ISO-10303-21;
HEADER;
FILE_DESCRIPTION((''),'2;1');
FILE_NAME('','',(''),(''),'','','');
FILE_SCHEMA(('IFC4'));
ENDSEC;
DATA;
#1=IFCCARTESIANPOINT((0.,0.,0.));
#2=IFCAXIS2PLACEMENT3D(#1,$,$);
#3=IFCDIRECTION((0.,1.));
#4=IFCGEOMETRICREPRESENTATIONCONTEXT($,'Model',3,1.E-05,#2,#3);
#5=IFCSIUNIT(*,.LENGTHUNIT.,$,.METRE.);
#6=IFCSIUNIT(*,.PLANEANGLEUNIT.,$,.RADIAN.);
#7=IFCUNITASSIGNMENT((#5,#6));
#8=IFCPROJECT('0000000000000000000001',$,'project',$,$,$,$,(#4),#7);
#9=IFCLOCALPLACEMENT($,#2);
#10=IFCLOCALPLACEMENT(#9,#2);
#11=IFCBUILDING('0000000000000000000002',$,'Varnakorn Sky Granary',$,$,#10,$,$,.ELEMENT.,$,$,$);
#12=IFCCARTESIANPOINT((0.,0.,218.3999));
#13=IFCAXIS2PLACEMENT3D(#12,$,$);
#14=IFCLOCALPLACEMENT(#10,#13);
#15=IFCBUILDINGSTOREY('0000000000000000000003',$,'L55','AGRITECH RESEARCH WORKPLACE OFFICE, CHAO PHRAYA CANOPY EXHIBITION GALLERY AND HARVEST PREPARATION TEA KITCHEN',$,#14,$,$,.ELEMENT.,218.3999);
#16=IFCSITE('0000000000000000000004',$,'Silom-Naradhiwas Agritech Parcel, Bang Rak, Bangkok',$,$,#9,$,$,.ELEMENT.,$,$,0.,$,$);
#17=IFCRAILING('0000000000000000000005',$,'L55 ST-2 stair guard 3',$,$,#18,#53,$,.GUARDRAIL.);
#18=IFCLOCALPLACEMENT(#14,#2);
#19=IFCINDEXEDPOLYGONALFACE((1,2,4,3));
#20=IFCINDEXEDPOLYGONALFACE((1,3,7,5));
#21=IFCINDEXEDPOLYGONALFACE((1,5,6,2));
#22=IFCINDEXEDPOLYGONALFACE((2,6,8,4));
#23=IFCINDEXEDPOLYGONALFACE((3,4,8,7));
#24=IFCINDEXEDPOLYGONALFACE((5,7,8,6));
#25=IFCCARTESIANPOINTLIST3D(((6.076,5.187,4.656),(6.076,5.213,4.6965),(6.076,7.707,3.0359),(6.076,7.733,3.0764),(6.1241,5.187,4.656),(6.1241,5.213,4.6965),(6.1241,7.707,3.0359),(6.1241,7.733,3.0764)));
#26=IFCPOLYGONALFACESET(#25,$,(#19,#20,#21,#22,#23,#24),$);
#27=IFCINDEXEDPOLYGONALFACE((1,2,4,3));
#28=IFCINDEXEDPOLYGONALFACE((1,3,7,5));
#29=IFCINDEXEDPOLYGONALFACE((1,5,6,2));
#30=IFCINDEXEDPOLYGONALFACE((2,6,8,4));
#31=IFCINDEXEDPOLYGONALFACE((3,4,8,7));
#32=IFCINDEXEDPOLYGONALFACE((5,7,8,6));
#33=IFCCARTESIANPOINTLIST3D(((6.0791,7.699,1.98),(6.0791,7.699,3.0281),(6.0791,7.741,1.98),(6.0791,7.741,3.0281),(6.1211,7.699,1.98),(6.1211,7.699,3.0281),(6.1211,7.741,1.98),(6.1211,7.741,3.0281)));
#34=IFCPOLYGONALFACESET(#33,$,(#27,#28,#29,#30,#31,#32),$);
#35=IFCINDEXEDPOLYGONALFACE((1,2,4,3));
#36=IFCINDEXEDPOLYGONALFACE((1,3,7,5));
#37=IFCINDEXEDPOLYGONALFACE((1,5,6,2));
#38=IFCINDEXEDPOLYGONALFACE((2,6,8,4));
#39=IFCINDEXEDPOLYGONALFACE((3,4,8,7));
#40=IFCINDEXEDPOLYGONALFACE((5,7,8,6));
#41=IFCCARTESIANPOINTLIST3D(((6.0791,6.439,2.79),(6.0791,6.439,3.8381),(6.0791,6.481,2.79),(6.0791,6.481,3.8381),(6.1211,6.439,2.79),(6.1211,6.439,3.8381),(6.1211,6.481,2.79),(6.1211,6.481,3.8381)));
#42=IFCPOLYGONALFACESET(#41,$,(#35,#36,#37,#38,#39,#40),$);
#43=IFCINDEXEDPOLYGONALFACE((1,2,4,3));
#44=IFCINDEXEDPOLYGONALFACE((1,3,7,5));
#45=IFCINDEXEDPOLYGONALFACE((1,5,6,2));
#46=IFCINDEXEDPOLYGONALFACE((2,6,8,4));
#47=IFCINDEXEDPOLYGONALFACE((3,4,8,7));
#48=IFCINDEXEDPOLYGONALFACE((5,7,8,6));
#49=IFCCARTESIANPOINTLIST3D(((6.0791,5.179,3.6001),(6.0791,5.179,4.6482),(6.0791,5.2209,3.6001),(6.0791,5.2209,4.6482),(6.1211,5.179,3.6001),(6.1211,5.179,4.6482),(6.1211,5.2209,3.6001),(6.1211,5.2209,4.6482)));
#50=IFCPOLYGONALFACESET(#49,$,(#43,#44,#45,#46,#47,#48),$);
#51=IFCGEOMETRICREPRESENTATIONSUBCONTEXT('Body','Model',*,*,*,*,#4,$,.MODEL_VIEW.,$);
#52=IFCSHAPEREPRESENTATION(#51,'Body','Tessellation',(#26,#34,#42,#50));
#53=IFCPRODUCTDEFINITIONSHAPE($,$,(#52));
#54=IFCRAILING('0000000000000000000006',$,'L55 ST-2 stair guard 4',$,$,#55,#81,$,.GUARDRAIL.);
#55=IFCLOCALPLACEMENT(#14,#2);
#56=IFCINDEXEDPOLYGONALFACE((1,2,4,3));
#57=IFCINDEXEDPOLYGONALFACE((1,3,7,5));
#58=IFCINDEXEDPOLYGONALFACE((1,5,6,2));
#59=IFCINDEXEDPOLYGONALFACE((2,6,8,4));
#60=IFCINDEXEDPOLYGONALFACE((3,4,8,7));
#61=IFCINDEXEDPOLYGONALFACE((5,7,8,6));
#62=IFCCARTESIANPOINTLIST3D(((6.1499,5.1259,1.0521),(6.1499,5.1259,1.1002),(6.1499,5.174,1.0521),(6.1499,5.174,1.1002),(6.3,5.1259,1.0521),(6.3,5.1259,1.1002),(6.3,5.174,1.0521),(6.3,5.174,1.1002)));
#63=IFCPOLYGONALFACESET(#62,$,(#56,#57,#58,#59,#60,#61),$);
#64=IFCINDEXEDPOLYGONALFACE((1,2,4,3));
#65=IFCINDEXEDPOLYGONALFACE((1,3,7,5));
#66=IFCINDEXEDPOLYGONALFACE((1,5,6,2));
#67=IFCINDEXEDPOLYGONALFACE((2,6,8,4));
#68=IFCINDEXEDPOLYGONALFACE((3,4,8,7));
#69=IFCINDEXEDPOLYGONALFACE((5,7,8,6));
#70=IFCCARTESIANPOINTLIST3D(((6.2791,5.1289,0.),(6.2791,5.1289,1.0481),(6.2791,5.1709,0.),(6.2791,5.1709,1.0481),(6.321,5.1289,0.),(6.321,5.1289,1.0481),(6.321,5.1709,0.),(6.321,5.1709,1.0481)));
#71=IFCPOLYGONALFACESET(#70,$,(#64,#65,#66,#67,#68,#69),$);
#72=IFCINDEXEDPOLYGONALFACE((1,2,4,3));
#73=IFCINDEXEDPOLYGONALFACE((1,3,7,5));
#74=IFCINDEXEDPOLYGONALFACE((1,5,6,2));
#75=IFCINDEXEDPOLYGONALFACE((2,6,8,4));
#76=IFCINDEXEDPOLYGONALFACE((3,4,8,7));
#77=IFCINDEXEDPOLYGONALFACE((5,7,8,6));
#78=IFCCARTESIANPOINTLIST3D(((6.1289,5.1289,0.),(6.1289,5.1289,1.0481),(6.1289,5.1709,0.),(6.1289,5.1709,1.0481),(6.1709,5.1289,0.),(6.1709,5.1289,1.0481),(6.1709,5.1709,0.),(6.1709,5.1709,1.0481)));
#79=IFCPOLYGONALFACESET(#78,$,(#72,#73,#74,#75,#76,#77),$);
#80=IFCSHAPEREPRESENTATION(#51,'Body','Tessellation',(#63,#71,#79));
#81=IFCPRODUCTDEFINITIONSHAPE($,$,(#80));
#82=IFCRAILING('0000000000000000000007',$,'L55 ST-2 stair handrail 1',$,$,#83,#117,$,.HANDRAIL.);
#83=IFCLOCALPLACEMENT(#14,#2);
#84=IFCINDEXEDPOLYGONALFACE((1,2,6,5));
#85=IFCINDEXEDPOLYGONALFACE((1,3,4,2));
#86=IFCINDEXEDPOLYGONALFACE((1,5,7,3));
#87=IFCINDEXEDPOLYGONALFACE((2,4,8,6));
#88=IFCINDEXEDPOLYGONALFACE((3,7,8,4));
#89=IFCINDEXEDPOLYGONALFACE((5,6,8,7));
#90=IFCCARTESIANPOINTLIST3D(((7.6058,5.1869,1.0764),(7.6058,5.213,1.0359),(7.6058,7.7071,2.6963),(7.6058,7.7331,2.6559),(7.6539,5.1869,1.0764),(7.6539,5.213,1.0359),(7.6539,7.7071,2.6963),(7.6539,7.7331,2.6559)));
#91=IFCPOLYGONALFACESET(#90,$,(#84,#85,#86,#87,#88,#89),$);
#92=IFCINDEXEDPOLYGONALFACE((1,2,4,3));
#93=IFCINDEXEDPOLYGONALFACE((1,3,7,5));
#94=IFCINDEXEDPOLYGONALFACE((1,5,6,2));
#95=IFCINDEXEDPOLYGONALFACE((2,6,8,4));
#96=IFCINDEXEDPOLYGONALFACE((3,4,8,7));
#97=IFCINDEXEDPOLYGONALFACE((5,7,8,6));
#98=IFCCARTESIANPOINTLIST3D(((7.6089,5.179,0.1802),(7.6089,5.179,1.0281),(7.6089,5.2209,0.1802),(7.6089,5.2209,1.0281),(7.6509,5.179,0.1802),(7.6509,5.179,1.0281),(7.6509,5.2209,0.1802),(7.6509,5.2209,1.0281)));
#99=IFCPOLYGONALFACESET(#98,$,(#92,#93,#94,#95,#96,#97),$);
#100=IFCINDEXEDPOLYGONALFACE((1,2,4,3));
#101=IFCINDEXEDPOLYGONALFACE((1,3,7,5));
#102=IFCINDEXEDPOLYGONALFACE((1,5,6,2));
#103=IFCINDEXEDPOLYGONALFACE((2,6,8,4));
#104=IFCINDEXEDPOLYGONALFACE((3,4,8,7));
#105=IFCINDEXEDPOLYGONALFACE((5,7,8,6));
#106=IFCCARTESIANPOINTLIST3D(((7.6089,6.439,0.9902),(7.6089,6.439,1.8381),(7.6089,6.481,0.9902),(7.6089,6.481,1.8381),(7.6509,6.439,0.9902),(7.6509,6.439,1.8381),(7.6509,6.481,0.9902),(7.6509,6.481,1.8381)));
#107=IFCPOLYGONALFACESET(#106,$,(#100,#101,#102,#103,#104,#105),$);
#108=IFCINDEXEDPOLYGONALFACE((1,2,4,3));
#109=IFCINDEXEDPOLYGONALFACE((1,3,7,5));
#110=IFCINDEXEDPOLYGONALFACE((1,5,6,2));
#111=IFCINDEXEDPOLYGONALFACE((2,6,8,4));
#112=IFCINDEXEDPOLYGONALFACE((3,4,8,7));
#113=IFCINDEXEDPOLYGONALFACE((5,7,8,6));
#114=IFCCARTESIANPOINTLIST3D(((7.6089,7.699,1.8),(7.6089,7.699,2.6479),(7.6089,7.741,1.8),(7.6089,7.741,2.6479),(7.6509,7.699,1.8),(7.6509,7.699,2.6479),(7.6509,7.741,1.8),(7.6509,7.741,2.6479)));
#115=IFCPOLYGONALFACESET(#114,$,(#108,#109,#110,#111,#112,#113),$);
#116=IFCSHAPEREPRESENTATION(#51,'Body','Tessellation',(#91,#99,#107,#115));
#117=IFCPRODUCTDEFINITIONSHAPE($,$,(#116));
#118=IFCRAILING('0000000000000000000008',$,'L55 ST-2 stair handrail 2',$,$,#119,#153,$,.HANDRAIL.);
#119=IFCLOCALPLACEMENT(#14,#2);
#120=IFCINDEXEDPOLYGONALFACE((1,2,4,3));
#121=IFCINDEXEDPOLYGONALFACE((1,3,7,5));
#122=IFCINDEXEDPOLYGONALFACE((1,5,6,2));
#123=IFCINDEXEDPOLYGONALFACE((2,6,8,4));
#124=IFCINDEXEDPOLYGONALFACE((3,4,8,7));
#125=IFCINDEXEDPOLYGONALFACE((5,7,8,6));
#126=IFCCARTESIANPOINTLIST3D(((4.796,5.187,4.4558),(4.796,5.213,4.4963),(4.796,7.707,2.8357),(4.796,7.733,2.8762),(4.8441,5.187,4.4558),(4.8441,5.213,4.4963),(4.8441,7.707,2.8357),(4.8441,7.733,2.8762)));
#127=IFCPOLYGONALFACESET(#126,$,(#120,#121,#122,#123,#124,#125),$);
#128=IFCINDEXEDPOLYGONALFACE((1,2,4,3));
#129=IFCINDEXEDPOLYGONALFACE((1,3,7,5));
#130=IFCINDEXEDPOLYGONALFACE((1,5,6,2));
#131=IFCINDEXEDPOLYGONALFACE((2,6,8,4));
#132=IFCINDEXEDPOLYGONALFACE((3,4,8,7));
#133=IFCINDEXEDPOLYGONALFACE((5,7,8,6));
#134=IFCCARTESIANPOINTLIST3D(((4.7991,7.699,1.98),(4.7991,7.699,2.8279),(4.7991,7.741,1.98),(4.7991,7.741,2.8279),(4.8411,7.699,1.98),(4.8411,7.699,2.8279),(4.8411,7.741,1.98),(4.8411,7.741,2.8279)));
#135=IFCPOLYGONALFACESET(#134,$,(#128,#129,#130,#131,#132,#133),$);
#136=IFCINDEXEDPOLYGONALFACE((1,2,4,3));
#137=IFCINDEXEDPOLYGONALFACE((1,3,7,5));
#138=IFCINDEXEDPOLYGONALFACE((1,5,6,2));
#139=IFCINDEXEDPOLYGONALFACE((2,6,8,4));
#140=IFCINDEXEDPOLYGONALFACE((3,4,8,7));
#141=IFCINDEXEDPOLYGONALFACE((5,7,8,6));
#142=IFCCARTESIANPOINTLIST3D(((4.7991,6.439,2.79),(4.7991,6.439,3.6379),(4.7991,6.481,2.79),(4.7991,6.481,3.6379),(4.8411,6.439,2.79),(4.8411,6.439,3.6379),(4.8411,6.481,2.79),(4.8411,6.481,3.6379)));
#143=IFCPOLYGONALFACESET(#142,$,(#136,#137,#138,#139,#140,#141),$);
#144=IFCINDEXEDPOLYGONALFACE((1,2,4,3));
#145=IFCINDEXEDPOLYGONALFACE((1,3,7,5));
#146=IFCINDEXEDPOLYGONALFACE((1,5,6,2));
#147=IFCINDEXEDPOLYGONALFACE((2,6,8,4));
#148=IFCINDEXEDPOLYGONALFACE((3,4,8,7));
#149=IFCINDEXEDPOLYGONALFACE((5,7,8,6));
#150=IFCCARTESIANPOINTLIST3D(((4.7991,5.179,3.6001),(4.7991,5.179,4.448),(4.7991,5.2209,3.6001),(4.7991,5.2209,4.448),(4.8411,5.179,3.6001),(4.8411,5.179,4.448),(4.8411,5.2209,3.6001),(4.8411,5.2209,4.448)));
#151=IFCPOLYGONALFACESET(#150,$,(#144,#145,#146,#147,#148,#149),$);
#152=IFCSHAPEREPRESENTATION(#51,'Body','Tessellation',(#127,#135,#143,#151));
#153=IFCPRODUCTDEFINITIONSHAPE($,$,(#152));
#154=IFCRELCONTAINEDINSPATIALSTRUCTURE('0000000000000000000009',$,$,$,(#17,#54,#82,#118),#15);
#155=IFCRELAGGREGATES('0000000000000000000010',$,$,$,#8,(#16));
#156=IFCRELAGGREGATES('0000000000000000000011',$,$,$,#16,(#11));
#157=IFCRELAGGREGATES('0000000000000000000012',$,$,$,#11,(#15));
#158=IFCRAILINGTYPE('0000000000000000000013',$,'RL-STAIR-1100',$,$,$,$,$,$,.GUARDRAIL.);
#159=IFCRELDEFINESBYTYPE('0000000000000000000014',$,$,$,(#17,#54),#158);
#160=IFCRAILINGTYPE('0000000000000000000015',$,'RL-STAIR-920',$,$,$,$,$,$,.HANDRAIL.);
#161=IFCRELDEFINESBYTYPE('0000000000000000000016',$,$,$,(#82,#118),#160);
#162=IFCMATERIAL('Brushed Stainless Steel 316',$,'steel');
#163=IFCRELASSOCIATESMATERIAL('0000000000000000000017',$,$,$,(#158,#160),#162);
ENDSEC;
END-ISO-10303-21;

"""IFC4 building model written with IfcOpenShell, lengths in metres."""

from ifc_helpers import new_model, si_unit, direction, frame, origin, origin_2d, place, context, subcontext, project, spatial, rectangle, extrude, material, type_object, element, save


model = new_model("IFC4")

# Units and contexts
model_context = context("Model", 3, precision=1e-05, world=origin(), true_north=direction((0.0, 1.0)))
body_context = subcontext(model_context, "Body", "Model", "MODEL_VIEW")
ifc_project = project(units=[si_unit("LENGTHUNIT", "METRE"), si_unit("PLANEANGLEUNIT", "RADIAN")], contexts=[model_context])

# Site, building, storey
site_placement = place(None, origin())
site = spatial("IfcSite", under=ifc_project, at=site_placement, Name="Silom-Naradhiwas Agritech Parcel, Bang Rak, Bangkok", CompositionType="ELEMENT", RefElevation=0.0)
building_placement = place(site_placement, origin())
building = spatial("IfcBuilding", under=site, at=building_placement, Name="Varnakorn Sky Granary", CompositionType="ELEMENT")
storey_placement = place(building_placement, frame((0.0, 0.0, 218.3999)))
storey = spatial("IfcBuildingStorey", under=building, at=storey_placement, Name="L55", Description="AGRITECH RESEARCH WORKPLACE OFFICE, CHAO PHRAYA CANOPY EXHIBITION GALLERY AND HARVEST PREPARATION TEA KITCHEN", CompositionType="ELEMENT", Elevation=218.3999)

# Railings
ifc_material_1 = material(Name="Brushed Stainless Steel 316", Category="steel")
railing_type_1 = type_object("IfcRailingType", Name="RL-STAIR-1100", PredefinedType="GUARDRAIL", material=ifc_material_1)
railing_1_placement = place(storey_placement, frame((6.1001, 7.72, 1.98)))
element("IfcRailing", 1, at=railing_1_placement, inside=storey, type_object=railing_type_1, Name="L55 ST-2 stair guard 3", PredefinedType="GUARDRAIL", context=body_context, shape_type="SweptSolid", body=[
    extrude(rectangle(XDim=0.0481, YDim=0.0481, at=origin_2d()), frame((0.0, 0.0, 1.0762), z_axis=(0.0, -0.841163, 0.540782), x_axis=(1.0, 0.0, 0.0)), (0.0, 0.0, 1.0), 2.9958),
    extrude(rectangle(XDim=0.042, YDim=0.042, at=origin_2d()), origin(), (0.0, 0.0, 1.0), 1.0481),
    extrude(rectangle(XDim=0.042, YDim=0.042, at=origin_2d()), frame((0.0, -1.26, 0.8101)), (0.0, 0.0, 1.0), 1.0481),
    extrude(rectangle(XDim=0.042, YDim=0.042, at=origin_2d()), frame((0.0, -2.52, 1.6201)), (0.0, 0.0, 1.0), 1.0481),
])
railing_2_placement = place(storey_placement, frame((6.3, 5.1499, 0.0)))
element("IfcRailing", 2, at=railing_2_placement, inside=storey, type_object=railing_type_1, Name="L55 ST-2 stair guard 4", PredefinedType="GUARDRAIL", context=body_context, shape_type="SweptSolid", body=[
    extrude(rectangle(XDim=0.0481, YDim=0.0481, at=origin_2d()), frame((0.0, 0.0, 1.0762), z_axis=(-1.0, 0.0, 0.0), x_axis=(0.0, -1.0, 0.0)), (0.0, 0.0, 1.0), 0.1501),
    extrude(rectangle(XDim=0.042, YDim=0.042, at=origin_2d()), origin(), (0.0, 0.0, 1.0), 1.0481),
    extrude(rectangle(XDim=0.042, YDim=0.042, at=origin_2d()), frame((-0.1501, 0.0, 0.0)), (0.0, 0.0, 1.0), 1.0481),
])
railing_type_2 = type_object("IfcRailingType", Name="RL-STAIR-920", PredefinedType="HANDRAIL", material=ifc_material_1)
railing_3_placement = place(storey_placement, frame((7.6299, 5.2, 0.1802)))
element("IfcRailing", 3, at=railing_3_placement, inside=storey, type_object=railing_type_2, Name="L55 ST-2 stair handrail 1", PredefinedType="HANDRAIL", context=body_context, shape_type="SweptSolid", body=[
    extrude(rectangle(XDim=0.0481, YDim=0.0481, at=origin_2d()), frame((0.0, 0.0, 0.876), z_axis=(0.0, 0.8412, 0.540725), x_axis=(-1.0, 0.0, 0.0)), (0.0, 0.0, 1.0), 2.9958),
    extrude(rectangle(XDim=0.042, YDim=0.042, at=origin_2d()), origin(), (0.0, 0.0, 1.0), 0.8479),
    extrude(rectangle(XDim=0.042, YDim=0.042, at=origin_2d()), frame((0.0, 1.26, 0.8101)), (0.0, 0.0, 1.0), 0.8479),
    extrude(rectangle(XDim=0.042, YDim=0.042, at=origin_2d()), frame((0.0, 2.52, 1.6199)), (0.0, 0.0, 1.0), 0.8479),
])
railing_4_placement = place(storey_placement, frame((4.8201, 7.72, 1.98)))
element("IfcRailing", 4, at=railing_4_placement, inside=storey, type_object=railing_type_2, Name="L55 ST-2 stair handrail 2", PredefinedType="HANDRAIL", context=body_context, shape_type="SweptSolid", body=[
    extrude(rectangle(XDim=0.0481, YDim=0.0481, at=origin_2d()), frame((0.0, 0.0, 0.876), z_axis=(0.0, -0.841163, 0.540782), x_axis=(1.0, 0.0, 0.0)), (0.0, 0.0, 1.0), 2.9958),
    extrude(rectangle(XDim=0.042, YDim=0.042, at=origin_2d()), origin(), (0.0, 0.0, 1.0), 0.8479),
    extrude(rectangle(XDim=0.042, YDim=0.042, at=origin_2d()), frame((0.0, -1.26, 0.8101)), (0.0, 0.0, 1.0), 0.8479),
    extrude(rectangle(XDim=0.042, YDim=0.042, at=origin_2d()), frame((0.0, -2.52, 1.6201)), (0.0, 0.0, 1.0), 0.8479),
])

save(model, "model.ifc")
